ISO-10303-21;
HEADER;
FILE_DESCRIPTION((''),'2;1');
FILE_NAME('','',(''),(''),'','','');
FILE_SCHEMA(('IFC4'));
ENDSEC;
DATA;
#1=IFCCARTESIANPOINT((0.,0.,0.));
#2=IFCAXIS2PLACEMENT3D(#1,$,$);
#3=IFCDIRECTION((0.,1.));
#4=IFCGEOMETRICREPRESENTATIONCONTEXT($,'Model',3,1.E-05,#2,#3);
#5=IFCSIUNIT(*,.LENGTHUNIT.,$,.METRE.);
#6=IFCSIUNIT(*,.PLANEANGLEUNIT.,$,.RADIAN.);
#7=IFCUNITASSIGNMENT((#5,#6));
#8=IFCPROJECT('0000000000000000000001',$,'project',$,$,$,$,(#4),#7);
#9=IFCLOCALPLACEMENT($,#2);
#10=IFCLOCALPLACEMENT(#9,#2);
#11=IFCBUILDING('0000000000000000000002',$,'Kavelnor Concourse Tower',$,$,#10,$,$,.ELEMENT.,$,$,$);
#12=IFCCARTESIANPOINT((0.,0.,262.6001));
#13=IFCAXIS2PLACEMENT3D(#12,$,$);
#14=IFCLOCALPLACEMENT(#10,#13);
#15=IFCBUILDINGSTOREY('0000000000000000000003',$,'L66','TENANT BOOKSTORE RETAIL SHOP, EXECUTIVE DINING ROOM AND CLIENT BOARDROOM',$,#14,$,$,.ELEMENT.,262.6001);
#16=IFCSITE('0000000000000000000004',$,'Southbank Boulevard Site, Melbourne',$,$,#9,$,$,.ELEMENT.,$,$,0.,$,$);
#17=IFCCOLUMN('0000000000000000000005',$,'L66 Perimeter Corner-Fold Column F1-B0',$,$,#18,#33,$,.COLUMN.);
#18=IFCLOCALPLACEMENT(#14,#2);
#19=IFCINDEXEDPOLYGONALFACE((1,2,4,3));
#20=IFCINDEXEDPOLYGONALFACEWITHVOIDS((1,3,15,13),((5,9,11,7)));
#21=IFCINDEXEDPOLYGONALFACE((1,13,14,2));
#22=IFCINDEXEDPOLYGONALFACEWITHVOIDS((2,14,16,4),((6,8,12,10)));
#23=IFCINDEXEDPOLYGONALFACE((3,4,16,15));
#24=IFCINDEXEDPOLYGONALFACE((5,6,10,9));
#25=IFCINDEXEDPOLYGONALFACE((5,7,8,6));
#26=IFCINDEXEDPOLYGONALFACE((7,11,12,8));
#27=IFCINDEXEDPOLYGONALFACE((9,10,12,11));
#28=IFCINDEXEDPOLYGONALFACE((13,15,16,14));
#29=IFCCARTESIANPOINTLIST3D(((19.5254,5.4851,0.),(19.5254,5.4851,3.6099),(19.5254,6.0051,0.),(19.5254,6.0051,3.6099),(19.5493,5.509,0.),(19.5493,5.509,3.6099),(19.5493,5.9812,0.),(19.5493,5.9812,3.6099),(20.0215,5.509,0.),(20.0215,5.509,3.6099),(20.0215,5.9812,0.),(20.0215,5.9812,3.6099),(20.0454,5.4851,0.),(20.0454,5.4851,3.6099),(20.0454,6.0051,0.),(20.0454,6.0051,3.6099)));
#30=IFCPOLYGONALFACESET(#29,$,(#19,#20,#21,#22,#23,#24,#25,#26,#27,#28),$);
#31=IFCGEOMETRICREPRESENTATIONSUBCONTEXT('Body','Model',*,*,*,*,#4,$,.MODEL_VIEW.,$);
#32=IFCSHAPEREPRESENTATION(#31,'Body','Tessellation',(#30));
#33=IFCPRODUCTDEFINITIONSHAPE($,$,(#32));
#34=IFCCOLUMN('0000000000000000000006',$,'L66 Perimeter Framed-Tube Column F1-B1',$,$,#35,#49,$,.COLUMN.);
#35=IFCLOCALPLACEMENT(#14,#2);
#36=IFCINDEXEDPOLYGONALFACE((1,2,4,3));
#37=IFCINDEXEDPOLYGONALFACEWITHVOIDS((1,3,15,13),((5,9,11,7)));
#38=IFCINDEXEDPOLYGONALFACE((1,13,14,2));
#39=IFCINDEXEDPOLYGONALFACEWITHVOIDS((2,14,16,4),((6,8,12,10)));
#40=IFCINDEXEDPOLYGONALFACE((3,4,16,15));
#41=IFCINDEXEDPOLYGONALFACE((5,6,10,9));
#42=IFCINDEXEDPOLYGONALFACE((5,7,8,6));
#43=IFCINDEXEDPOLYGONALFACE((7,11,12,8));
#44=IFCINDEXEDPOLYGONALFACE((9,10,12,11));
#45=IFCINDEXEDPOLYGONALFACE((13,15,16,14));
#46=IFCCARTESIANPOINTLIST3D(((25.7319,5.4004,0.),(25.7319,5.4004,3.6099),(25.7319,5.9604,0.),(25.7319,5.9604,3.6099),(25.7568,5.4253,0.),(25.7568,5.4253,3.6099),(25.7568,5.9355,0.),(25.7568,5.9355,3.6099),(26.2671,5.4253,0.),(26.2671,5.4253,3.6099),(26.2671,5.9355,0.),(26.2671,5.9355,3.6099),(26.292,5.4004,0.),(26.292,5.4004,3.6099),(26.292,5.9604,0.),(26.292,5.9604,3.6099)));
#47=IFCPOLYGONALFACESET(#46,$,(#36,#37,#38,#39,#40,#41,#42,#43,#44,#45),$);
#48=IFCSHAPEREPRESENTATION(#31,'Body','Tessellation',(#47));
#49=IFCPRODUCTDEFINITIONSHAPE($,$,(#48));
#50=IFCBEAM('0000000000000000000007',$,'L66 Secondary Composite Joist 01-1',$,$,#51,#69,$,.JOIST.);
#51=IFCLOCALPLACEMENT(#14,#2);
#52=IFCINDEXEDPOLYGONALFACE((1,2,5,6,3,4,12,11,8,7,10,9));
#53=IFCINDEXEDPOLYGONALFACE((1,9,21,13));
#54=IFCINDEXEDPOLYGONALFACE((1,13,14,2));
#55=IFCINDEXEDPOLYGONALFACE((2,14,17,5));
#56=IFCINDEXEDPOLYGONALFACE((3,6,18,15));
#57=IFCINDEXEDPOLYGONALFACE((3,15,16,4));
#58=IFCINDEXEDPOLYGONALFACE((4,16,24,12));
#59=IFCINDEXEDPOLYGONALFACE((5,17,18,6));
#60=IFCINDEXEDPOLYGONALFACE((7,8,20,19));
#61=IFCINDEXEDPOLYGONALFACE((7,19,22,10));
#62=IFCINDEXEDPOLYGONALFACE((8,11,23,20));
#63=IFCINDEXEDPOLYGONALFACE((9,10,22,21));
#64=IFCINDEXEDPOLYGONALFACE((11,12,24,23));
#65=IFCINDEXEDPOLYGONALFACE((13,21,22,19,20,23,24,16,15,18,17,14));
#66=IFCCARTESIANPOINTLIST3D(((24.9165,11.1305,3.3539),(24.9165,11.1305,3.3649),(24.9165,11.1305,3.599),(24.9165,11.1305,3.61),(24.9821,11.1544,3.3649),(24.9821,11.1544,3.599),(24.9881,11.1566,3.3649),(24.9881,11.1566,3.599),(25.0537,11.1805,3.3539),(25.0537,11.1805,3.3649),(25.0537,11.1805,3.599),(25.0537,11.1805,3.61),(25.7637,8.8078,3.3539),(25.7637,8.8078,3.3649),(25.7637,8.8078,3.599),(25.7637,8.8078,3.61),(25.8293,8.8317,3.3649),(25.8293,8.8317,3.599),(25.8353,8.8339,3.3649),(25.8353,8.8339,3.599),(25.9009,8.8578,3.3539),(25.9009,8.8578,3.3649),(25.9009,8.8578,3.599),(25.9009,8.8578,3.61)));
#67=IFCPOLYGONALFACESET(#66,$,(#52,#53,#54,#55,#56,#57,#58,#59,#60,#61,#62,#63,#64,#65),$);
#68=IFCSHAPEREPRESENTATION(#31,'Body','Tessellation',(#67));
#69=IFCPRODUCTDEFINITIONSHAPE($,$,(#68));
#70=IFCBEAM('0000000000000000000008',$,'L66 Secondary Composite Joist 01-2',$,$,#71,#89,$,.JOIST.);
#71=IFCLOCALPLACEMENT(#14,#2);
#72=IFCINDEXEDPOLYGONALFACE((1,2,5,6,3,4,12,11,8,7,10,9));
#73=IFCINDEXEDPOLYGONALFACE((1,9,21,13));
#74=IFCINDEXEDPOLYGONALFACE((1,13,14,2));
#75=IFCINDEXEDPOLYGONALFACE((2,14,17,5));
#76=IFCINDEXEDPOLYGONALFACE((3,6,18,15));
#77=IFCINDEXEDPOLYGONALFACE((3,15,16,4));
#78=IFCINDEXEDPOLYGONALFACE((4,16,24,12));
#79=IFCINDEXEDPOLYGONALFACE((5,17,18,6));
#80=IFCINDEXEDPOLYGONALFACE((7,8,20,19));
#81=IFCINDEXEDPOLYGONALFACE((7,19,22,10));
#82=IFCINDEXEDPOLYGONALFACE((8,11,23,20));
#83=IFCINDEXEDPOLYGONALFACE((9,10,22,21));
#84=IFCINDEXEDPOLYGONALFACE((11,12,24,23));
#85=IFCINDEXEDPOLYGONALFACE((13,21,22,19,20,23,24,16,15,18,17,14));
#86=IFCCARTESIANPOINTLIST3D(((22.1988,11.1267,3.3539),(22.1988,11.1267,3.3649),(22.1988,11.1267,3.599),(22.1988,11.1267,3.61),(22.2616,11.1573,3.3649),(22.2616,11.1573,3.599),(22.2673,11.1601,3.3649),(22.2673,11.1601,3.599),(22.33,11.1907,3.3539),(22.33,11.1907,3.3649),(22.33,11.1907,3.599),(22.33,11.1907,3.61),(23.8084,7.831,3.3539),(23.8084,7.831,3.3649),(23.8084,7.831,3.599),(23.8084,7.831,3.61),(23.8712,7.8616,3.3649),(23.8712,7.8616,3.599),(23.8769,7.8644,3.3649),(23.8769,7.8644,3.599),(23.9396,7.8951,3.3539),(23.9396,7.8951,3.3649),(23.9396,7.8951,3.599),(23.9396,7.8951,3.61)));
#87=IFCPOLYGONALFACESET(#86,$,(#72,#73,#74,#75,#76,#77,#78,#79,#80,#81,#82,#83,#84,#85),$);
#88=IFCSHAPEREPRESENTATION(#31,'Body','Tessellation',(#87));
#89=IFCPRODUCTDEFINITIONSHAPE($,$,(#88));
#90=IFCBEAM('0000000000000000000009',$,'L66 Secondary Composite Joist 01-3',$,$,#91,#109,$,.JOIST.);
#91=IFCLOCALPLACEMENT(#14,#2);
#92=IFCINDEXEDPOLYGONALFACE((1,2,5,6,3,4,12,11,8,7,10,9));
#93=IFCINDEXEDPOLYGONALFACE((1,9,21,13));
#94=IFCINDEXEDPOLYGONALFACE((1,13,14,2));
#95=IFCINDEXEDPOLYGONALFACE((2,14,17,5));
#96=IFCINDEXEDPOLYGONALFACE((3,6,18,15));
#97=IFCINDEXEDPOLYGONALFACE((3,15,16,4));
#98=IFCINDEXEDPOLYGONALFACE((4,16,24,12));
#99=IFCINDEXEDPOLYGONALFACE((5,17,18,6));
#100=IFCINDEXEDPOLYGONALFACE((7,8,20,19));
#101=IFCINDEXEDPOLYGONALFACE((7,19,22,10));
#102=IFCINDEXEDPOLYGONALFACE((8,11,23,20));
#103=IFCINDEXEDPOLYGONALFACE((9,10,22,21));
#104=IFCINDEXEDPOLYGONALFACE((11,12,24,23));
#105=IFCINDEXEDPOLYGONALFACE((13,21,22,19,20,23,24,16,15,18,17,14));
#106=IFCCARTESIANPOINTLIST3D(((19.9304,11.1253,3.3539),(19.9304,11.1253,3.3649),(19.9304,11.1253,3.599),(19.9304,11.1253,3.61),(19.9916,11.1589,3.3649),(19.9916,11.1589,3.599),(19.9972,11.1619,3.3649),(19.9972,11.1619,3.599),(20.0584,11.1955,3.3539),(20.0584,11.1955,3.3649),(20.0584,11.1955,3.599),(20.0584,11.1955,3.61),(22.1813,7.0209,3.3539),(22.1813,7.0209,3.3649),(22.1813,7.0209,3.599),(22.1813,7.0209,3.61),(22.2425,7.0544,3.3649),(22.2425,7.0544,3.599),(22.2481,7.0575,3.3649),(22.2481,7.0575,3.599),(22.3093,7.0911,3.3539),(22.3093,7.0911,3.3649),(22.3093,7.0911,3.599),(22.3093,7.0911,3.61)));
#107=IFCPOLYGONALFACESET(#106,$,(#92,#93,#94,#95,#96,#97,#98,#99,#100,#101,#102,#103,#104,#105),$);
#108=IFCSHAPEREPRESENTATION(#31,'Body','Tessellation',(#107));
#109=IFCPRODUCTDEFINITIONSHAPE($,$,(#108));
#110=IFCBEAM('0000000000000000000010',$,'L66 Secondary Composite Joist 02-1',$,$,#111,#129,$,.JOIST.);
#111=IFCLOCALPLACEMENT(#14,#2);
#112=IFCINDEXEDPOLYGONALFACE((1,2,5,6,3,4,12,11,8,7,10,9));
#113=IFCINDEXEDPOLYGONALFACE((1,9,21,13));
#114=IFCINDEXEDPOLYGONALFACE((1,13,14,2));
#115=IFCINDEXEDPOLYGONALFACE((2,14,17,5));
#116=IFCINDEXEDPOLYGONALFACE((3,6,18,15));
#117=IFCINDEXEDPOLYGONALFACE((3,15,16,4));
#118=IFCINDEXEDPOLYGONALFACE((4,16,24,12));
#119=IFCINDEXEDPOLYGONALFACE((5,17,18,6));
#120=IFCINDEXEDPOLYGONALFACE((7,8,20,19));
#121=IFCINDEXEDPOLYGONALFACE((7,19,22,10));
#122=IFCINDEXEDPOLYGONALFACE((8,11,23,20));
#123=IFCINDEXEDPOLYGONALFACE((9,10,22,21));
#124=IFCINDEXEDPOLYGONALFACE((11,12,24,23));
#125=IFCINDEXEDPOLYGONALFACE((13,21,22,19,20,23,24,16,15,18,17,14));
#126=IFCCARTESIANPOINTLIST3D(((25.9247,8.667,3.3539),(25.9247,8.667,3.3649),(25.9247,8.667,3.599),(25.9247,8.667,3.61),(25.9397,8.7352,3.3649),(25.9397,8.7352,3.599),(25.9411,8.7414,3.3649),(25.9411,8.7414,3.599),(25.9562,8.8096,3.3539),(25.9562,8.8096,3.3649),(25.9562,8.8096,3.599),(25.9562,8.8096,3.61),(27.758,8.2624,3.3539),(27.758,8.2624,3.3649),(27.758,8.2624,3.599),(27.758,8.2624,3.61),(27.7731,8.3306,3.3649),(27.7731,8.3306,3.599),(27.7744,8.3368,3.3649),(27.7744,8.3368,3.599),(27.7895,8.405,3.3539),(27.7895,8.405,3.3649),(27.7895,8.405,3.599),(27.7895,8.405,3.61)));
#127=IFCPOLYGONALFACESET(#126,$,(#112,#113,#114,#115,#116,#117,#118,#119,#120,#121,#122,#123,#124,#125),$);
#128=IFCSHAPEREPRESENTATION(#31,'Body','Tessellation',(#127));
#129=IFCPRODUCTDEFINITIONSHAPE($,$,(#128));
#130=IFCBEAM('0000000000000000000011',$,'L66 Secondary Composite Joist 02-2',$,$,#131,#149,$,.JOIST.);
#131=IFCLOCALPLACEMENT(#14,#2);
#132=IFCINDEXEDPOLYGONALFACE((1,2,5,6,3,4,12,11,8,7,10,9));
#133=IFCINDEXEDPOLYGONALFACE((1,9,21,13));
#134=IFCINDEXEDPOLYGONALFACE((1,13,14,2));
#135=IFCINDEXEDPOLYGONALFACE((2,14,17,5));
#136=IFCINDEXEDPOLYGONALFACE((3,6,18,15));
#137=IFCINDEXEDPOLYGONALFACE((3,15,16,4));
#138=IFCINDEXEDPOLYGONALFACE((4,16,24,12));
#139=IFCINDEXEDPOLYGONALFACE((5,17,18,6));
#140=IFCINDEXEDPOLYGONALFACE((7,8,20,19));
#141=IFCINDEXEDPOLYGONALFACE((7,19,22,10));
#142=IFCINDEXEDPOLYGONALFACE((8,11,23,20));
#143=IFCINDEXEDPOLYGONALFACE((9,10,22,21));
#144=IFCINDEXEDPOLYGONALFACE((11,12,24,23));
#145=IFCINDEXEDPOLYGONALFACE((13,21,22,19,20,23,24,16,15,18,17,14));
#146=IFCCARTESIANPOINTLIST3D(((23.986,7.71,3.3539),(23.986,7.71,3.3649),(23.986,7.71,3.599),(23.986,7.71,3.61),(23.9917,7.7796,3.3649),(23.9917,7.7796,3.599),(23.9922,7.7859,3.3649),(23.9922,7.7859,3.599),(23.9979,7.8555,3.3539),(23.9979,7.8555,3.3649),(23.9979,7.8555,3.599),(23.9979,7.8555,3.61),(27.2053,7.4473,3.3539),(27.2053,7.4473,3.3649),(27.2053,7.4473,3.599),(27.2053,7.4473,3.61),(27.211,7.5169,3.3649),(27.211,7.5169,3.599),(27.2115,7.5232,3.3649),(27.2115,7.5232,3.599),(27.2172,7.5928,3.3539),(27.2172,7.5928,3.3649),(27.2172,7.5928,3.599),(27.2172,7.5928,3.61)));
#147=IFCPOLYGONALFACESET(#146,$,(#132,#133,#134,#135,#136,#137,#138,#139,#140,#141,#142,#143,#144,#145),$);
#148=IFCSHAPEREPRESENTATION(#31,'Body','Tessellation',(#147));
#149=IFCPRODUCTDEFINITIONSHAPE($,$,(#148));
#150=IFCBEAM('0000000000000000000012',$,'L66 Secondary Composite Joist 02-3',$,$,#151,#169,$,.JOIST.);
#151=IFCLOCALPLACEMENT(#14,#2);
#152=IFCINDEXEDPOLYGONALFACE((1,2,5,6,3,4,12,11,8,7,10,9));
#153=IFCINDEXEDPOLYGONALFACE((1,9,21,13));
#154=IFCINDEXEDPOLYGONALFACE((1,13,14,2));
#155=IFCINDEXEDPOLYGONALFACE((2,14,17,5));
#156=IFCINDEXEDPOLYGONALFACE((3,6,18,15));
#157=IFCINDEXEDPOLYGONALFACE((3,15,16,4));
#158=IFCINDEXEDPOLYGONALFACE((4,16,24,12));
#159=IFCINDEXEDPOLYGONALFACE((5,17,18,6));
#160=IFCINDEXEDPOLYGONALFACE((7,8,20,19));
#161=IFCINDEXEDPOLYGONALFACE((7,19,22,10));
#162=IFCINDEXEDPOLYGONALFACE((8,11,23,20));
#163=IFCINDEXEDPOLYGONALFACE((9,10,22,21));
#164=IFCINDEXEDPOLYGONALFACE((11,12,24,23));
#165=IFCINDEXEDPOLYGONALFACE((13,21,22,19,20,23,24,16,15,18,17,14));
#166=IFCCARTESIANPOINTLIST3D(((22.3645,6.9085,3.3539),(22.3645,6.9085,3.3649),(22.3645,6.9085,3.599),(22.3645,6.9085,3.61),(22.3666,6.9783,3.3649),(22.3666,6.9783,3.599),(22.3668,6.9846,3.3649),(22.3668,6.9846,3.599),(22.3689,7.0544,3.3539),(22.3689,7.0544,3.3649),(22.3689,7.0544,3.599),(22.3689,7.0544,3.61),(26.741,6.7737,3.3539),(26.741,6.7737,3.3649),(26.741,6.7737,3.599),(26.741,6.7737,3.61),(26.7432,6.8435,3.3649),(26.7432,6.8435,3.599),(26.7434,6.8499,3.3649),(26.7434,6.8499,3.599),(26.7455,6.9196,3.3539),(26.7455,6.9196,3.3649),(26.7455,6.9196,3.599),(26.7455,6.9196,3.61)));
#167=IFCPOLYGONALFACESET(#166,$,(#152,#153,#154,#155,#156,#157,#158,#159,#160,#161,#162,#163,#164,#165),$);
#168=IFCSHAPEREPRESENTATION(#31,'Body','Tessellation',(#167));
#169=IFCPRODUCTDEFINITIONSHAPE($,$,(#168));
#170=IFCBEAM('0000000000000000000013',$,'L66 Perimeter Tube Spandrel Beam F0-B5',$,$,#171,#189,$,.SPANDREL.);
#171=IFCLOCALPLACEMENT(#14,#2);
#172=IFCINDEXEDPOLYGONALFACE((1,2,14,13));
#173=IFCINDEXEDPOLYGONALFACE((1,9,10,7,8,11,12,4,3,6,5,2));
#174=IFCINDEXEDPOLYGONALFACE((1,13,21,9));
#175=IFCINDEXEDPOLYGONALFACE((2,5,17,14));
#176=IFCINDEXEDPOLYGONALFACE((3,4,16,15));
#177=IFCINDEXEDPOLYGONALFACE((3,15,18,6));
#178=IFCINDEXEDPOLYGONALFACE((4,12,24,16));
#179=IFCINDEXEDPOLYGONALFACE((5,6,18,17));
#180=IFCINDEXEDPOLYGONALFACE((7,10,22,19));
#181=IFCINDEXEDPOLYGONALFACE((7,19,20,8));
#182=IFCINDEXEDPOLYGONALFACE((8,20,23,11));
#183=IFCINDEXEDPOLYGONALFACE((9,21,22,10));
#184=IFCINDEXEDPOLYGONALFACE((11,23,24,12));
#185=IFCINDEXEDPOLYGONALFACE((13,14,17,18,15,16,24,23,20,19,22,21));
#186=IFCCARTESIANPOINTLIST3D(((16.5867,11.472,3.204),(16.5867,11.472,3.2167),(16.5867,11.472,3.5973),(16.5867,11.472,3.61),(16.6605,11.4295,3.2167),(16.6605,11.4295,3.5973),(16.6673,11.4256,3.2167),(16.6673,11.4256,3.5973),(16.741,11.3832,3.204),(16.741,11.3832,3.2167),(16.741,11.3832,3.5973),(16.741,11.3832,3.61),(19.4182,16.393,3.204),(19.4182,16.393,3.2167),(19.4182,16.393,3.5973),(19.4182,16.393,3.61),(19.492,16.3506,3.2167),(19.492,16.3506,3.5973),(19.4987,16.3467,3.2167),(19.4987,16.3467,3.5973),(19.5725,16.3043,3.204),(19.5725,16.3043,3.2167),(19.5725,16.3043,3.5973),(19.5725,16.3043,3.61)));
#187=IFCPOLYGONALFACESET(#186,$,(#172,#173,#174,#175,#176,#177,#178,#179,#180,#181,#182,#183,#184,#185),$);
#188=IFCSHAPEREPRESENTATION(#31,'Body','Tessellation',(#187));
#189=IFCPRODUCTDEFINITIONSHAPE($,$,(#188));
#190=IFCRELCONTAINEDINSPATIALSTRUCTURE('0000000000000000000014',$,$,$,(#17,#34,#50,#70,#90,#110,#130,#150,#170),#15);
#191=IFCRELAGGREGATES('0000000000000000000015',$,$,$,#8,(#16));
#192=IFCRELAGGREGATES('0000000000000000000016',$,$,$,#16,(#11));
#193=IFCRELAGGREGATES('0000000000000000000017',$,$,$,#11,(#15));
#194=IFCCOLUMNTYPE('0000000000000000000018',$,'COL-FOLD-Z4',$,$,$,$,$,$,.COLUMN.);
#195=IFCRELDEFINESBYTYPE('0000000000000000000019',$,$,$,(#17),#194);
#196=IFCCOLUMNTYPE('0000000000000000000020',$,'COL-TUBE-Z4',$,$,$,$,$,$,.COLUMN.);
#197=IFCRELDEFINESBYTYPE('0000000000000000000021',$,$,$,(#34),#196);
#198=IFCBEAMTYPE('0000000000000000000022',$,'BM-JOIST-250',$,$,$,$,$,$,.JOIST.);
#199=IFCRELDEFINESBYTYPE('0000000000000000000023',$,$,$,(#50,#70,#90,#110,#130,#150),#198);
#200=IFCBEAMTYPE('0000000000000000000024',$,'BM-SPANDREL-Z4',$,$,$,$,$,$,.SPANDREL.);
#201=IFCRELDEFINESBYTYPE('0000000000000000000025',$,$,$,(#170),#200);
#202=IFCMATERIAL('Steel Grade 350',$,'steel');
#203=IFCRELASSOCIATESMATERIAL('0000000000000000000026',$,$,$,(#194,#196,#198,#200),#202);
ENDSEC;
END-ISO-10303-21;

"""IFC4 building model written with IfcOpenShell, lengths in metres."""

from ifc_helpers import new_model, si_unit, direction, frame, origin, origin_2d, place, context, subcontext, project, spatial, hollow_rectangle, i_section, extrude, material, material_profile, profile_set, type_object, element, save


model = new_model("IFC4")

# Units and contexts
model_context = context("Model", 3, precision=1e-05, world=origin(), true_north=direction((0.0, 1.0)))
body_context = subcontext(model_context, "Body", "Model", "MODEL_VIEW")
ifc_project = project(units=[si_unit("LENGTHUNIT", "METRE"), si_unit("PLANEANGLEUNIT", "RADIAN")], contexts=[model_context])

# Site, building, storey
site_placement = place(None, origin())
site = spatial("IfcSite", under=ifc_project, at=site_placement, Name="Southbank Boulevard Site, Melbourne", CompositionType="ELEMENT", RefElevation=0.0)
building_placement = place(site_placement, origin())
building = spatial("IfcBuilding", under=site, at=building_placement, Name="Kavelnor Concourse Tower", CompositionType="ELEMENT")
storey_placement = place(building_placement, frame((0.0, 0.0, 262.6001)))
storey = spatial("IfcBuildingStorey", under=building, at=storey_placement, Name="L66", Description="TENANT BOOKSTORE RETAIL SHOP, EXECUTIVE DINING ROOM AND CLIENT BOARDROOM", CompositionType="ELEMENT", Elevation=262.6001)

# Columns
ifc_material_1 = material(Name="Steel Grade 350", Category="steel")
ifc_material_profile_1 = material_profile(ifc_material_1, hollow_rectangle(XDim=0.52, YDim=0.52, WallThickness=0.0239, at=origin_2d()), Name="SHS 520x520x24")
ifc_profile_set_1 = profile_set([ifc_material_profile_1], Name="Steel Grade 350")
column_type_1 = type_object("IfcColumnType", Name="COL-FOLD-Z4", PredefinedType="COLUMN", material=ifc_profile_set_1)
column_1_placement = place(storey_placement, frame((19.7854, 5.7451, 0.0), z_axis=(0.0, 0.0, 1.0), x_axis=(1.0, 0.0, 0.0)))
element("IfcColumn", 1, at=column_1_placement, inside=storey, type_object=column_type_1, Name="L66 Perimeter Corner-Fold Column F1-B0", PredefinedType="COLUMN", context=body_context, shape_type="SweptSolid", body=[
    extrude(hollow_rectangle(XDim=0.52, YDim=0.52, WallThickness=0.0239, at=origin_2d()), origin(), (0.0, 0.0, 1.0), 3.6099),
])
ifc_material_profile_2 = material_profile(ifc_material_1, hollow_rectangle(XDim=0.5601, YDim=0.5601, WallThickness=0.0249, at=origin_2d()), Name="SHS 560x560x25")
ifc_profile_set_2 = profile_set([ifc_material_profile_2], Name="Steel Grade 350")
column_type_2 = type_object("IfcColumnType", Name="COL-TUBE-Z4", PredefinedType="COLUMN", material=ifc_profile_set_2)
column_2_placement = place(storey_placement, frame((26.012, 5.6804, 0.0), z_axis=(0.0, 0.0, 1.0), x_axis=(1.0, 0.0, 0.0)))
element("IfcColumn", 2, at=column_2_placement, inside=storey, type_object=column_type_2, Name="L66 Perimeter Framed-Tube Column F1-B1", PredefinedType="COLUMN", context=body_context, shape_type="SweptSolid", body=[
    extrude(hollow_rectangle(XDim=0.5601, YDim=0.5601, WallThickness=0.0249, at=origin_2d()), origin(), (0.0, 0.0, 1.0), 3.6099),
])

# Beams
ifc_material_profile_3 = material_profile(ifc_material_1, i_section(OverallWidth=0.146, OverallDepth=0.2561, WebThickness=0.0063, FlangeThickness=0.011, at=origin_2d()), Name="250UB37")
ifc_profile_set_3 = profile_set([ifc_material_profile_3], Name="Steel Grade 350")
beam_type_1 = type_object("IfcBeamType", Name="BM-JOIST-250", PredefinedType="JOIST", material=ifc_profile_set_3)
beam_1_placement = place(storey_placement, frame((24.9851, 11.1555, 3.4819), z_axis=(0.342647, -0.939464, 0.0), x_axis=(0.939464, 0.342647, 0.0)))
element("IfcBeam", 3, at=beam_1_placement, inside=storey, type_object=beam_type_1, Name="L66 Secondary Composite Joist 01-1", PredefinedType="JOIST", context=body_context, shape_type="SweptSolid", body=[
    extrude(i_section(OverallWidth=0.146, OverallDepth=0.2561, WebThickness=0.0063, FlangeThickness=0.011, at=origin_2d()), origin(), (0.0, 0.0, 1.0), 2.4724),
])
beam_2_placement = place(storey_placement, frame((22.2644, 11.1587, 3.4819), z_axis=(0.43886, -0.898555, 0.0), x_axis=(0.898555, 0.43886, 0.0)))
element("IfcBeam", 4, at=beam_2_placement, inside=storey, type_object=beam_type_1, Name="L66 Secondary Composite Joist 01-2", PredefinedType="JOIST", context=body_context, shape_type="SweptSolid", body=[
    extrude(i_section(OverallWidth=0.146, OverallDepth=0.2561, WebThickness=0.0063, FlangeThickness=0.011, at=origin_2d()), origin(), (0.0, 0.0, 1.0), 3.6677),
])
beam_3_placement = place(storey_placement, frame((19.9944, 11.1604, 3.4819), z_axis=(0.480853, -0.876801, 0.0), x_axis=(0.876801, 0.480853, 0.0)))
element("IfcBeam", 5, at=beam_3_placement, inside=storey, type_object=beam_type_1, Name="L66 Secondary Composite Joist 01-3", PredefinedType="JOIST", context=body_context, shape_type="SweptSolid", body=[
    extrude(i_section(OverallWidth=0.146, OverallDepth=0.2561, WebThickness=0.0063, FlangeThickness=0.011, at=origin_2d()), origin(), (0.0, 0.0, 1.0), 4.6812),
])
beam_4_placement = place(storey_placement, frame((25.9404, 8.7383, 3.4819), z_axis=(0.976507, -0.215484, 0.0), x_axis=(0.215484, 0.976507, 0.0)))
element("IfcBeam", 6, at=beam_4_placement, inside=storey, type_object=beam_type_1, Name="L66 Secondary Composite Joist 02-1", PredefinedType="JOIST", context=body_context, shape_type="SweptSolid", body=[
    extrude(i_section(OverallWidth=0.146, OverallDepth=0.2561, WebThickness=0.0063, FlangeThickness=0.011, at=origin_2d()), origin(), (0.0, 0.0, 1.0), 1.8774),
])
beam_5_placement = place(storey_placement, frame((23.9919, 7.7827, 3.4819), z_axis=(0.996687, -0.081331, 0.0), x_axis=(0.081331, 0.996687, 0.0)))
element("IfcBeam", 7, at=beam_5_placement, inside=storey, type_object=beam_type_1, Name="L66 Secondary Composite Joist 02-2", PredefinedType="JOIST", context=body_context, shape_type="SweptSolid", body=[
    extrude(i_section(OverallWidth=0.146, OverallDepth=0.2561, WebThickness=0.0063, FlangeThickness=0.011, at=origin_2d()), origin(), (0.0, 0.0, 1.0), 3.23),
])
beam_6_placement = place(storey_placement, frame((22.3667, 6.9814, 3.4819), z_axis=(0.999526, -0.030777, 0.0), x_axis=(0.030777, 0.999526, 0.0)))
element("IfcBeam", 8, at=beam_6_placement, inside=storey, type_object=beam_type_1, Name="L66 Secondary Composite Joist 02-3", PredefinedType="JOIST", context=body_context, shape_type="SweptSolid", body=[
    extrude(i_section(OverallWidth=0.146, OverallDepth=0.2561, WebThickness=0.0063, FlangeThickness=0.011, at=origin_2d()), origin(), (0.0, 0.0, 1.0), 4.3787),
])
ifc_material_profile_4 = material_profile(ifc_material_1, i_section(OverallWidth=0.178, OverallDepth=0.406, WebThickness=0.0078, FlangeThickness=0.0127, at=origin_2d()), Name="410UB59")
ifc_profile_set_4 = profile_set([ifc_material_profile_4], Name="Steel Grade 350")
beam_type_2 = type_object("IfcBeamType", Name="BM-SPANDREL-Z4", PredefinedType="SPANDREL", material=ifc_profile_set_4)
beam_7_placement = place(storey_placement, frame((19.4954, 16.3486, 3.407), z_axis=(-0.498721, -0.866763, 0.0), x_axis=(0.866763, -0.498721, 0.0)))
element("IfcBeam", 9, at=beam_7_placement, inside=storey, type_object=beam_type_2, Name="L66 Perimeter Tube Spandrel Beam F0-B5", PredefinedType="SPANDREL", context=body_context, shape_type="SweptSolid", body=[
    extrude(i_section(OverallWidth=0.178, OverallDepth=0.406, WebThickness=0.0078, FlangeThickness=0.0127, at=origin_2d()), origin(), (0.0, 0.0, 1.0), 5.6775),
])

save(model, "model.ifc")
